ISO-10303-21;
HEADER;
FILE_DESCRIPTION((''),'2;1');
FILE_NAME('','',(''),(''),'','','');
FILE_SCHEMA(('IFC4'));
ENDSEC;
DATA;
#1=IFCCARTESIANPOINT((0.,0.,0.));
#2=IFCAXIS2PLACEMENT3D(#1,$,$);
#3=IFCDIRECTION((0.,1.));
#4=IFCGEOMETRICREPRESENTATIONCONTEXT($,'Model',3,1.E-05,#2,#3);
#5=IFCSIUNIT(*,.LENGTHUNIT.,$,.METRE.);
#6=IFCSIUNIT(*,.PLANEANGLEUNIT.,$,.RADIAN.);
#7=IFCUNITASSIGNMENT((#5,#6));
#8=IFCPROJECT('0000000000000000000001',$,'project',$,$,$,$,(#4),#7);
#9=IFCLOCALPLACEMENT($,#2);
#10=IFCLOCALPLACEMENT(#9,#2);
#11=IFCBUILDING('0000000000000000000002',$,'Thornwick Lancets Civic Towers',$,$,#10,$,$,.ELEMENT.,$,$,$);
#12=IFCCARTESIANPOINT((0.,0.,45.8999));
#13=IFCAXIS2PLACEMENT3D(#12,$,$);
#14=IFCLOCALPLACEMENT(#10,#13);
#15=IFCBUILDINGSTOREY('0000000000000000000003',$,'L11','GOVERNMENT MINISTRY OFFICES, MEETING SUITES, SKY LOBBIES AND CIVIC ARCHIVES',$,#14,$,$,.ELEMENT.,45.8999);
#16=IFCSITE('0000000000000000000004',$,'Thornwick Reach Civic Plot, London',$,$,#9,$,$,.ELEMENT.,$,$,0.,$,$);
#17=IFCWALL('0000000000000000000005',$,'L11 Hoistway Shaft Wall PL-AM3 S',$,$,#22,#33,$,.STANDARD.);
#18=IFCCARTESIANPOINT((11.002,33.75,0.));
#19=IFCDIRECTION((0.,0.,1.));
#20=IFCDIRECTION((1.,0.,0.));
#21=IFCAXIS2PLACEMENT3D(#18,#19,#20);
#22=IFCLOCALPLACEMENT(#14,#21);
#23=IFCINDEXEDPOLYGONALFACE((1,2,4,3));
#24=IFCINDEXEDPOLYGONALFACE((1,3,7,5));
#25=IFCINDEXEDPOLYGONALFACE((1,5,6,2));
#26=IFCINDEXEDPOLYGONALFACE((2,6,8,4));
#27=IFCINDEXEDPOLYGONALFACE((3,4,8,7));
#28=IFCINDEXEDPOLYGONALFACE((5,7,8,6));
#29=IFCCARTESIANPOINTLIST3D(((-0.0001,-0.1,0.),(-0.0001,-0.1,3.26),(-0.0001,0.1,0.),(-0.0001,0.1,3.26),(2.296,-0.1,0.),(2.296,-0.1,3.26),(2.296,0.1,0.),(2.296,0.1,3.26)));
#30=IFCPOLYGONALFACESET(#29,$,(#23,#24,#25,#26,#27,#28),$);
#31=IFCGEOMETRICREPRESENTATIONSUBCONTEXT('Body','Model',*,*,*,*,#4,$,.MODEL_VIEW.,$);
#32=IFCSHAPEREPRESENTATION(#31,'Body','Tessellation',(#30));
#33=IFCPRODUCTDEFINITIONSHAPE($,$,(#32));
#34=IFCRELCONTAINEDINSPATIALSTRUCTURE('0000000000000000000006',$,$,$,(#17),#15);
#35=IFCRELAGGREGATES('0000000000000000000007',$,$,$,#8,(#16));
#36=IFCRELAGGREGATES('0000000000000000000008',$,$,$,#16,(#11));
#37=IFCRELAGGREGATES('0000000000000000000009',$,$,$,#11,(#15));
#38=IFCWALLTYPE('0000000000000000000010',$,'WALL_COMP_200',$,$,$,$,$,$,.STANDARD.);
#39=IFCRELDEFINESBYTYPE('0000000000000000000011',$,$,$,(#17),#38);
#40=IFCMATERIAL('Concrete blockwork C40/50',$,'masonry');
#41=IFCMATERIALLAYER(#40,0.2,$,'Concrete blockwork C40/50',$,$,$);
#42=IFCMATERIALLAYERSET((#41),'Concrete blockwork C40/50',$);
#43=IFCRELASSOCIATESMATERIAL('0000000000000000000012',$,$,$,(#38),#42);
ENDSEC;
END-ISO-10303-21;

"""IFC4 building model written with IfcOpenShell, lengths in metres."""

from ifc_helpers import new_model, si_unit, direction, frame, frame_2d, origin, place, context, subcontext, project, spatial, rectangle, extrude, material, layer, layer_set, type_object, element, save


model = new_model("IFC4")

# Units and contexts
model_context = context("Model", 3, precision=1e-05, world=origin(), true_north=direction((0.0, 1.0)))
body_context = subcontext(model_context, "Body", "Model", "MODEL_VIEW")
ifc_project = project(units=[si_unit("LENGTHUNIT", "METRE"), si_unit("PLANEANGLEUNIT", "RADIAN")], contexts=[model_context])

# Site, building, storey
site_placement = place(None, origin())
site = spatial("IfcSite", under=ifc_project, at=site_placement, Name="Thornwick Reach Civic Plot, London", CompositionType="ELEMENT", RefElevation=0.0)
building_placement = place(site_placement, origin())
building = spatial("IfcBuilding", under=site, at=building_placement, Name="Thornwick Lancets Civic Towers", CompositionType="ELEMENT")
storey_placement = place(building_placement, frame((0.0, 0.0, 45.8999)))
storey = spatial("IfcBuildingStorey", under=building, at=storey_placement, Name="L11", Description="GOVERNMENT MINISTRY OFFICES, MEETING SUITES, SKY LOBBIES AND CIVIC ARCHIVES", CompositionType="ELEMENT", Elevation=45.8999)

# Wall
ifc_material_1 = material(Name="Concrete blockwork C40/50", Category="masonry")
ifc_layer_1 = layer(ifc_material_1, 0.2, Name="Concrete blockwork C40/50")
ifc_layer_set_1 = layer_set([ifc_layer_1], Name="Concrete blockwork C40/50")
wall_type_1 = type_object("IfcWallType", Name="WALL_COMP_200", PredefinedType="STANDARD", material=ifc_layer_set_1)
wall_1_placement = place(storey_placement, frame((11.002, 33.75, 0.0), z_axis=(0.0, 0.0, 1.0), x_axis=(1.0, 0.0, 0.0)))
element("IfcWall", 1, at=wall_1_placement, inside=storey, type_object=wall_type_1, Name="L11 Hoistway Shaft Wall PL-AM3 S", PredefinedType="STANDARD", context=body_context, shape_type="SweptSolid", body=[
    extrude(rectangle(XDim=2.2961, YDim=0.2, at=frame_2d((1.1479, 0.0))), origin(), (0.0, 0.0, 1.0), 3.26),
])

save(model, "model.ifc")
